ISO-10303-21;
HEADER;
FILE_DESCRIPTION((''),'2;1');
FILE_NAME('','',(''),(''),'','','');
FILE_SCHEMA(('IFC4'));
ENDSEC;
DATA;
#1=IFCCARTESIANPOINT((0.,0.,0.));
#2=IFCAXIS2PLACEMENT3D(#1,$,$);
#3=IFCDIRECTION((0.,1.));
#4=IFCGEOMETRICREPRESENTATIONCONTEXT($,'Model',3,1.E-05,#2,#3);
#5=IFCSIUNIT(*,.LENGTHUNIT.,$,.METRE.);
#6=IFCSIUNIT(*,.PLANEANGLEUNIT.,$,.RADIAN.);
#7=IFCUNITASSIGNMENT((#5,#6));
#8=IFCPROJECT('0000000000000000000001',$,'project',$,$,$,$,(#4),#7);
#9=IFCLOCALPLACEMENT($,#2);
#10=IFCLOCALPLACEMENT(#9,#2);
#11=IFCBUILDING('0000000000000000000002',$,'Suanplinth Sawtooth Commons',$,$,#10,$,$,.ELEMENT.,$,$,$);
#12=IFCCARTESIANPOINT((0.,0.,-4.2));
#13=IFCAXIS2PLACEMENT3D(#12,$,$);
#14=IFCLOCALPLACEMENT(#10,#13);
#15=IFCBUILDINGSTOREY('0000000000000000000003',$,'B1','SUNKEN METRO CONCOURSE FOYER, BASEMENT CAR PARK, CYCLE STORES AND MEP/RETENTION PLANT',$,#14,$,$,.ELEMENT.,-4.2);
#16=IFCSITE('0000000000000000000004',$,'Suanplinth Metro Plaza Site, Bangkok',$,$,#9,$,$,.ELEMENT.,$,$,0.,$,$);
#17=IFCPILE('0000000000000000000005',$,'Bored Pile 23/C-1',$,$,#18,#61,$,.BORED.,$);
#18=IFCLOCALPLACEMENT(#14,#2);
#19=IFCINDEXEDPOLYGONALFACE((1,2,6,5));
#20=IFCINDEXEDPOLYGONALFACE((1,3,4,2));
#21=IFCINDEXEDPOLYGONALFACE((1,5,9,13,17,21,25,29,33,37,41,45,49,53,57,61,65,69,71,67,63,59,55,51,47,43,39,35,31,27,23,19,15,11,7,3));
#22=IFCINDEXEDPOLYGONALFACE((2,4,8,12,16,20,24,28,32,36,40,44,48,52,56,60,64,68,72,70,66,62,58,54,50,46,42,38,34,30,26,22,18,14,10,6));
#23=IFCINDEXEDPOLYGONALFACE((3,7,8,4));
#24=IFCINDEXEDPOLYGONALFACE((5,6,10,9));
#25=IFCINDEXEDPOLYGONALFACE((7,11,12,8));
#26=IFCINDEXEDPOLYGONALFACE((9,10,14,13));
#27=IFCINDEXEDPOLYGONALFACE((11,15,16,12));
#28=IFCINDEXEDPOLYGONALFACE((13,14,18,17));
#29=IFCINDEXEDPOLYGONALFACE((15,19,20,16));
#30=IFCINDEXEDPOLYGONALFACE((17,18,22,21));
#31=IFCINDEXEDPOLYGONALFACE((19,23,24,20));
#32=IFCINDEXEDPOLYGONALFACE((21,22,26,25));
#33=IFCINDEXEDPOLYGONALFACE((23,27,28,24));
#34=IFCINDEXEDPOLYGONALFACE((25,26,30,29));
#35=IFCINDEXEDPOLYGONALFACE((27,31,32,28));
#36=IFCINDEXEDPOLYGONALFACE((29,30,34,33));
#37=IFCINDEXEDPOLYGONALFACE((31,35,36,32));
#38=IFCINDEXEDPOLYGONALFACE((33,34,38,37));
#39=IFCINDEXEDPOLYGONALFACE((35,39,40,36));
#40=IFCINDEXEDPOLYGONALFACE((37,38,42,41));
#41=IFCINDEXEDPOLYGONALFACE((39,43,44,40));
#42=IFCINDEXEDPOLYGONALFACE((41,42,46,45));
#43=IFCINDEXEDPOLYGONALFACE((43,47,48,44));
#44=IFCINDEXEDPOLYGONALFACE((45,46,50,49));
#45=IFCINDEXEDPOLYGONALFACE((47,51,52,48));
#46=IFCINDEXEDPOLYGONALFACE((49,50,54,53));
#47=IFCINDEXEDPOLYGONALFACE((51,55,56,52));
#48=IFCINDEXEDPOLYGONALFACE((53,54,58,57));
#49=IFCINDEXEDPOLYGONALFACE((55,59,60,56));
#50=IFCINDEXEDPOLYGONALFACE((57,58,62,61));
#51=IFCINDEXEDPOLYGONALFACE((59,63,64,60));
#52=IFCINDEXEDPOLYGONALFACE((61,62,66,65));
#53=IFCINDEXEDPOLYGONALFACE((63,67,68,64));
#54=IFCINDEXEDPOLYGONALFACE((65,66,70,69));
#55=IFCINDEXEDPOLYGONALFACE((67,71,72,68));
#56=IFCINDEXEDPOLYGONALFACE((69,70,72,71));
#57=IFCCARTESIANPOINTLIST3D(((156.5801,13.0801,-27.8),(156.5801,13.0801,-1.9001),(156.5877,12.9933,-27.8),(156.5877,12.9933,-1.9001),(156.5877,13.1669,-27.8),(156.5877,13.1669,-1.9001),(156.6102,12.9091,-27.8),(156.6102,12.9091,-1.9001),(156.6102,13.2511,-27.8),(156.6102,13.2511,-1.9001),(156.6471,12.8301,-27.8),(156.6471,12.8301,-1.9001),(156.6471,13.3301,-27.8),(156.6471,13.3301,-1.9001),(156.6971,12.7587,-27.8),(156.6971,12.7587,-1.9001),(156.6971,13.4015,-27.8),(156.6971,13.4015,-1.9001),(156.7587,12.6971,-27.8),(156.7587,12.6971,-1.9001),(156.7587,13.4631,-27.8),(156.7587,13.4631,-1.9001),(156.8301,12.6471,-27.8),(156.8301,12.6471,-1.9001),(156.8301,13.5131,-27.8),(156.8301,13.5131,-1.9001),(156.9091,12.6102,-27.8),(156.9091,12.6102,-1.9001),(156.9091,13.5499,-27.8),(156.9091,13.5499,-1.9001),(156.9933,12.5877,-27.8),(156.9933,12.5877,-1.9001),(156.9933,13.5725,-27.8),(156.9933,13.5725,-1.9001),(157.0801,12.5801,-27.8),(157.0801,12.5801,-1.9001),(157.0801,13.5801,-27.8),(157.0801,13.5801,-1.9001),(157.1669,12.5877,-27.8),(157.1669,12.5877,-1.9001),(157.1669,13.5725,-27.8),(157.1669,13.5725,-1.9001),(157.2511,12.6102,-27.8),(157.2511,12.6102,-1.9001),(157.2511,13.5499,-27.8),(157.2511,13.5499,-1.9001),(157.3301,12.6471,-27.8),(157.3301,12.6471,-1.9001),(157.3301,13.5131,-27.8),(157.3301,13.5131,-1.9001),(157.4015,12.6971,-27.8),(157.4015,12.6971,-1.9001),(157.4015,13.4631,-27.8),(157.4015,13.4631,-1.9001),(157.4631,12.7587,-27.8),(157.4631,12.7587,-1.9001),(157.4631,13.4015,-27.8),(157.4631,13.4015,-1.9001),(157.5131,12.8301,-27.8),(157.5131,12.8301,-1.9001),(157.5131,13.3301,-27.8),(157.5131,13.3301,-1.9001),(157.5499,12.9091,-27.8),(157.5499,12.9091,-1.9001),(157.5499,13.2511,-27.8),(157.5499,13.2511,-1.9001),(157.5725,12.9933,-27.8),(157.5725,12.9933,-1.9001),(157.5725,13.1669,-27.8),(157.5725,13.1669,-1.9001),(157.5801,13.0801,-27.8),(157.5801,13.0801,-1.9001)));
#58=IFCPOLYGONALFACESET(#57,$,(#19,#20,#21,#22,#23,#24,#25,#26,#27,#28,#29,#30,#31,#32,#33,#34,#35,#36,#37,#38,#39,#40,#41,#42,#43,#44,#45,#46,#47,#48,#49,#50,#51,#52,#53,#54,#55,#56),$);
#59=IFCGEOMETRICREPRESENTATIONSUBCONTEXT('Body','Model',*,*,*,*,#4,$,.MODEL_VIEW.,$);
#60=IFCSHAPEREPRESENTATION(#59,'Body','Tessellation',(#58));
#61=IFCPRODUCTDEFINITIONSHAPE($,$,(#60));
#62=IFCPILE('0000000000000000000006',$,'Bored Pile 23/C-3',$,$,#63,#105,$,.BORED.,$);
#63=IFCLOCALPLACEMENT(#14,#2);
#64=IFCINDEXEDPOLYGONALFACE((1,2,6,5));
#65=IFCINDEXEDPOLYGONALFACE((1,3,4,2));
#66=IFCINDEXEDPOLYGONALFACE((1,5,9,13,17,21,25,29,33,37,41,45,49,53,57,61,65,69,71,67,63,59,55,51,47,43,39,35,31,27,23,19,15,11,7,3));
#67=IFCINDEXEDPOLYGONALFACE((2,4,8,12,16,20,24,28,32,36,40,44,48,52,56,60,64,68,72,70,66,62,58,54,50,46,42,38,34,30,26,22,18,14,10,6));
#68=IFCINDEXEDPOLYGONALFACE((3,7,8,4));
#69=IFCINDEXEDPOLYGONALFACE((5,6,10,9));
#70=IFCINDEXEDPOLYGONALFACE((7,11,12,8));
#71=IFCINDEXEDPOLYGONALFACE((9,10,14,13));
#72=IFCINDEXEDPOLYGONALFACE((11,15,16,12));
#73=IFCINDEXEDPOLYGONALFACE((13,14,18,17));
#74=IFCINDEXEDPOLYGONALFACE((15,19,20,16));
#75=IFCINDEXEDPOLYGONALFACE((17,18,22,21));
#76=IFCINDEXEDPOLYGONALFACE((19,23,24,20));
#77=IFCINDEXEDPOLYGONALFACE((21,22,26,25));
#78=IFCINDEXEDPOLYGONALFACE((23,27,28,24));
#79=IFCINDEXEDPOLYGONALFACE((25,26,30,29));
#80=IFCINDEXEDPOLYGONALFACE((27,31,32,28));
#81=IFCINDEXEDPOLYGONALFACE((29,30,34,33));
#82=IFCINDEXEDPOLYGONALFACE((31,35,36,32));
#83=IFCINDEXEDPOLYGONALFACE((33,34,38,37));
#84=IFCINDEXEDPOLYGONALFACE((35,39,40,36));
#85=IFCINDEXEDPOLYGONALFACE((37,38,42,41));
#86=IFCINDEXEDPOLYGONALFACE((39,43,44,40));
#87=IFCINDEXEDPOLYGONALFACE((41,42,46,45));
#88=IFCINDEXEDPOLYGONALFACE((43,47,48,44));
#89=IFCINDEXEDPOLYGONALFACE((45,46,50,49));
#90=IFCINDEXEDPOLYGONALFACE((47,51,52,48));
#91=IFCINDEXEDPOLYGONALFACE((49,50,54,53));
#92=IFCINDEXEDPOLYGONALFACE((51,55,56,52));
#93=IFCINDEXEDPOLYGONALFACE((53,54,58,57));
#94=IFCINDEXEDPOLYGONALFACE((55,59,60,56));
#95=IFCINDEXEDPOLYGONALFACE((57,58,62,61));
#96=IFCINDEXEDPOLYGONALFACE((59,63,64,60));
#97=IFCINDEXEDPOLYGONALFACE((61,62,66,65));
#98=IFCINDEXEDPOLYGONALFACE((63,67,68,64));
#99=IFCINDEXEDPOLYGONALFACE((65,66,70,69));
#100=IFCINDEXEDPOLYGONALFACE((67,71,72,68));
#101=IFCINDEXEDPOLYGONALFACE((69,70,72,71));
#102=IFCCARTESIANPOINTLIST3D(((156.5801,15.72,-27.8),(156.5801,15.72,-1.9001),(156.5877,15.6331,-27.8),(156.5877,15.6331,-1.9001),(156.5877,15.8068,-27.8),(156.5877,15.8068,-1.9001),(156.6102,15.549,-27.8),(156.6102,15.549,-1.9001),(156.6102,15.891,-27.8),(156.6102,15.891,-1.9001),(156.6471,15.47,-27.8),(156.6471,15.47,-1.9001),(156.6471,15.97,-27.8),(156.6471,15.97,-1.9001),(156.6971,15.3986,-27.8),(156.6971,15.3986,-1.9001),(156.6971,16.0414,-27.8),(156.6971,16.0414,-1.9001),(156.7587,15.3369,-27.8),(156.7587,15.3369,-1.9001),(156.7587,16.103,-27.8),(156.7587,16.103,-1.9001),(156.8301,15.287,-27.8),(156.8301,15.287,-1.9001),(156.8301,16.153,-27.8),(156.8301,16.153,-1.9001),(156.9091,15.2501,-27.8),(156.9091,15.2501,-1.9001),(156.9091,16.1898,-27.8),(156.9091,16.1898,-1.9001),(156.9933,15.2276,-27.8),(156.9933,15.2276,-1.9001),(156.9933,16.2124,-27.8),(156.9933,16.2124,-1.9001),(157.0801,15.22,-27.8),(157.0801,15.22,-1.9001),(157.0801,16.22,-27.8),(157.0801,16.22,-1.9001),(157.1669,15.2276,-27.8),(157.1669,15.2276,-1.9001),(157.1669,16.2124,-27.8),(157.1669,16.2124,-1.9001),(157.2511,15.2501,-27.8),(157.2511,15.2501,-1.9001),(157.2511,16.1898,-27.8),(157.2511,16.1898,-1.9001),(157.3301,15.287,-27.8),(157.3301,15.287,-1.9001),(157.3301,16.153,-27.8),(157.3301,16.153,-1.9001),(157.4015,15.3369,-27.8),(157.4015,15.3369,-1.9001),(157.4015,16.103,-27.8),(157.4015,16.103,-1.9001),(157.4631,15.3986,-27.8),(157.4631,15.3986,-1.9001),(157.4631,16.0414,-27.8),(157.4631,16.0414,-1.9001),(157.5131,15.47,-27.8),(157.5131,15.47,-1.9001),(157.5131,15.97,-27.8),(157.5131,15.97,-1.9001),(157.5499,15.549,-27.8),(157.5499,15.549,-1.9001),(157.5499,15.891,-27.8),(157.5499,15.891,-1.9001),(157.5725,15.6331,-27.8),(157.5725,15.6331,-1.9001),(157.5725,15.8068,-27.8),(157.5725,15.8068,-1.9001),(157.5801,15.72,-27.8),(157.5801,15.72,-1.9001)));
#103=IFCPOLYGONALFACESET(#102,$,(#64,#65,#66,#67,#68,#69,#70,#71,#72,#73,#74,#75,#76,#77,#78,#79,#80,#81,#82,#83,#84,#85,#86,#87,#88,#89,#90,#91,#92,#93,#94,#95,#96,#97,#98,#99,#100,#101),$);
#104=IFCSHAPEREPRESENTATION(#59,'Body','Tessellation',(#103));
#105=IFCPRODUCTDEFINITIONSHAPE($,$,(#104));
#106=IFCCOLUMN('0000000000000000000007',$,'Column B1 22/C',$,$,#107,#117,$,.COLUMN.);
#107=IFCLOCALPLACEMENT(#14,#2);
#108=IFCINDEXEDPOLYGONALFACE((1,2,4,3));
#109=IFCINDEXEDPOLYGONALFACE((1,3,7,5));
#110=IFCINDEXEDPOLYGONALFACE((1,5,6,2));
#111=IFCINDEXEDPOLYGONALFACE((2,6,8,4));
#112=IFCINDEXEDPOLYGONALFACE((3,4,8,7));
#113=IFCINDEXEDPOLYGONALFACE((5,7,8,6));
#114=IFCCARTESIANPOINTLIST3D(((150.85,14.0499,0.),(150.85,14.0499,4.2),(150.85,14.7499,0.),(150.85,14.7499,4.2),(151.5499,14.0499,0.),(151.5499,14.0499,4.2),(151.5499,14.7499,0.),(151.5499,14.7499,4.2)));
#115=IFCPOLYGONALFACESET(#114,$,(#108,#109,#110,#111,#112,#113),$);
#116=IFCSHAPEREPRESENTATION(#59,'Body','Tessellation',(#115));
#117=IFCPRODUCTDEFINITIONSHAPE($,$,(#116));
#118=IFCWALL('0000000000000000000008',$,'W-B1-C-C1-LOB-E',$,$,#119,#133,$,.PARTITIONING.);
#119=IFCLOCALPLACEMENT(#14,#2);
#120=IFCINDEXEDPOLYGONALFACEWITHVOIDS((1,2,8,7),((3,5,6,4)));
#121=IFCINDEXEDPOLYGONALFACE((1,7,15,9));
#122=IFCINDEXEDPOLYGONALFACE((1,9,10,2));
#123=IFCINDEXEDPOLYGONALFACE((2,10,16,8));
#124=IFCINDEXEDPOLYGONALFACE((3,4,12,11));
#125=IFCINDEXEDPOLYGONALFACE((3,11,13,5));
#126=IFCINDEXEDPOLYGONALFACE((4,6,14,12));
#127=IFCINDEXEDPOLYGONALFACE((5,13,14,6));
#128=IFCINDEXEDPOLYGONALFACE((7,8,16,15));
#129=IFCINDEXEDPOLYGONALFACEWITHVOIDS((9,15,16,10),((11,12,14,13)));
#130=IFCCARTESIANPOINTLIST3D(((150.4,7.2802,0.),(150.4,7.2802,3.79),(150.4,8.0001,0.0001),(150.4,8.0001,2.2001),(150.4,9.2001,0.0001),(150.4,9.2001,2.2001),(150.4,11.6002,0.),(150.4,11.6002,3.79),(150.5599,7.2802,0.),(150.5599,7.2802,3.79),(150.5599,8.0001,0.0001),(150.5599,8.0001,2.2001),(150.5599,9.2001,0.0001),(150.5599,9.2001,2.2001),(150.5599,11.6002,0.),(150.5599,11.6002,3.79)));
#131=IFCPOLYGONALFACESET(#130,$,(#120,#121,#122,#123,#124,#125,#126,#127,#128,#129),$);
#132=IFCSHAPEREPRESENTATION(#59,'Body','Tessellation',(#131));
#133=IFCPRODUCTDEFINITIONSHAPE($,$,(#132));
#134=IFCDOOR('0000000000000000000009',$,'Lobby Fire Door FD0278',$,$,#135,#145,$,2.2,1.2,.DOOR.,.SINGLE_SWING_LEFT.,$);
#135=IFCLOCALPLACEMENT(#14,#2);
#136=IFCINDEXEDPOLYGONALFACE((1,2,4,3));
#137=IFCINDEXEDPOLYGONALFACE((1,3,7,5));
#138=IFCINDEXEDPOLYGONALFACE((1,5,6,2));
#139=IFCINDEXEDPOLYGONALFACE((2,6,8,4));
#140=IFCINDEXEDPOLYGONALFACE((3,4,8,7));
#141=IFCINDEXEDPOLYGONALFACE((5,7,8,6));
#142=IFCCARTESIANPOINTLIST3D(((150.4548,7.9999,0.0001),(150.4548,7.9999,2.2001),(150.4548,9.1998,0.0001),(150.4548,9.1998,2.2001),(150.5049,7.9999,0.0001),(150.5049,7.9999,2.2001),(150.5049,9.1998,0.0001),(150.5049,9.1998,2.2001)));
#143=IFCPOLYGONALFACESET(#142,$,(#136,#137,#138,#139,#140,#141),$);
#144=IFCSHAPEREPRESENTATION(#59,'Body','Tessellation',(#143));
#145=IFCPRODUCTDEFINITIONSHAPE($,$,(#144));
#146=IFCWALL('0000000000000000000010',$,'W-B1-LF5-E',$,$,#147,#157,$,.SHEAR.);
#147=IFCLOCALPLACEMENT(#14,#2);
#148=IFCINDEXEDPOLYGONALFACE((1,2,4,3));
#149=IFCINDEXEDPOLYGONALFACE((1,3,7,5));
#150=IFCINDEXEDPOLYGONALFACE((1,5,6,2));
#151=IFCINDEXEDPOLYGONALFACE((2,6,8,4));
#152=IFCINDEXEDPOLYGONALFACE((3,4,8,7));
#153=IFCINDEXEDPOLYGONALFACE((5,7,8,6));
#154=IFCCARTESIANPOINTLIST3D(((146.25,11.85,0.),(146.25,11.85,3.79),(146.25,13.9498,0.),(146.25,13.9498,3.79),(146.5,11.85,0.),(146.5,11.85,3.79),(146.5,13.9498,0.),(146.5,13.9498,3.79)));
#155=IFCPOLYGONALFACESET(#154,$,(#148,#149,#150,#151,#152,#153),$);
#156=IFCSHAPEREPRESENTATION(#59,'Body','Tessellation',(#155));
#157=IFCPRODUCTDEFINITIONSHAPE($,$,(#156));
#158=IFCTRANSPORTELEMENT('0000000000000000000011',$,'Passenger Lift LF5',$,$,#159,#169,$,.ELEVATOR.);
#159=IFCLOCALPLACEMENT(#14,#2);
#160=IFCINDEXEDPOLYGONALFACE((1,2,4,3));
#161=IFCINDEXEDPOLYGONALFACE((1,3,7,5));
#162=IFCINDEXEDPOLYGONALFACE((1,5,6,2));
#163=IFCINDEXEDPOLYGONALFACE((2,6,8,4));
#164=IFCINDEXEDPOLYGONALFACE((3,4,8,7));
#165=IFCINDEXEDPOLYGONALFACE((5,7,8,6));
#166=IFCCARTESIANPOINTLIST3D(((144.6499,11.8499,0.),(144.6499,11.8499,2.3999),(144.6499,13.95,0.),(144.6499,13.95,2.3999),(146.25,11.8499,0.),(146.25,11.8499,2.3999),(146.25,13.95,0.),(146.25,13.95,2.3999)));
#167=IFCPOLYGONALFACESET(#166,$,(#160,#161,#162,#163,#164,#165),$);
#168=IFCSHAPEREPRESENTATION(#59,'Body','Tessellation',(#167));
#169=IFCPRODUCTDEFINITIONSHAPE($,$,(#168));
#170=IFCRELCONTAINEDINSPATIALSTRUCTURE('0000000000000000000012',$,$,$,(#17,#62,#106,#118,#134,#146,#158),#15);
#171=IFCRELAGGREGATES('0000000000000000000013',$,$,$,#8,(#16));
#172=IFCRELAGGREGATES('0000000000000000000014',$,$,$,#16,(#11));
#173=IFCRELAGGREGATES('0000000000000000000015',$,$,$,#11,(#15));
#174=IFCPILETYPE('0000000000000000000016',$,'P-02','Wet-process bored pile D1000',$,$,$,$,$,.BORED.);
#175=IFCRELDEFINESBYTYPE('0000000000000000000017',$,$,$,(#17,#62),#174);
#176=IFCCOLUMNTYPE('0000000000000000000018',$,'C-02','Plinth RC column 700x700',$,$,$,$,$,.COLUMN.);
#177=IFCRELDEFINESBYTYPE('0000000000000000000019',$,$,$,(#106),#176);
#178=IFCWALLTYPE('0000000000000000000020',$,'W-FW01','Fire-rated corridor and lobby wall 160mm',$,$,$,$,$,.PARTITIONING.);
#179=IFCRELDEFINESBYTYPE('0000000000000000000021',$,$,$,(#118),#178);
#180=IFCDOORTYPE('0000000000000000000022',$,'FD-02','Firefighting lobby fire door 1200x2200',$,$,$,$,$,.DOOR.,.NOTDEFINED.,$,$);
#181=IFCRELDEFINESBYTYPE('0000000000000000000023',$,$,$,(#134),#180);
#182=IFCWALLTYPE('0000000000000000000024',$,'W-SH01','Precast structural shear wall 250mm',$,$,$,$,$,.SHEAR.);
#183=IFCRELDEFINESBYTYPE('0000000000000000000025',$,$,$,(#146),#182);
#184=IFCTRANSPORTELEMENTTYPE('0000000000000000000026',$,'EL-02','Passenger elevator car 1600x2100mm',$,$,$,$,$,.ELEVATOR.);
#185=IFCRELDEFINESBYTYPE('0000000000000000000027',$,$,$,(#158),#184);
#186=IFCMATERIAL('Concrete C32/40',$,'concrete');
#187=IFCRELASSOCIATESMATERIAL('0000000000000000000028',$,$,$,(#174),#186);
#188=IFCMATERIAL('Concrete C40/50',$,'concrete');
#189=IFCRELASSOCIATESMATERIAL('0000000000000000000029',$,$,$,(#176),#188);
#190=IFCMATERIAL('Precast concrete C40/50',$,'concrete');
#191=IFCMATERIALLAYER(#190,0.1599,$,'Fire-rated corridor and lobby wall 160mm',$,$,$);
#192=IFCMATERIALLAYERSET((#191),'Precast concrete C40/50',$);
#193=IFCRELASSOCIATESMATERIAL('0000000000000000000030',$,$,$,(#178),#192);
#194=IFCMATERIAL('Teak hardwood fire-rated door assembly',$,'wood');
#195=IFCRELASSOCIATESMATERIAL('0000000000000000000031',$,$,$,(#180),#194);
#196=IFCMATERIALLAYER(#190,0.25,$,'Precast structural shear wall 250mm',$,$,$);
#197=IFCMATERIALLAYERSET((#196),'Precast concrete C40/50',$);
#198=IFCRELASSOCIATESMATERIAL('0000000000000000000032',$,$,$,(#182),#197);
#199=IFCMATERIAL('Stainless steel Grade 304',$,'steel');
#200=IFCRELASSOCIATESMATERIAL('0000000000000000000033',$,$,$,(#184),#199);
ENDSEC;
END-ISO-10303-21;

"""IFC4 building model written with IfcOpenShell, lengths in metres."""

from ifc_helpers import new_model, si_unit, direction, frame, frame_2d, origin, origin_2d, place, context, subcontext, project, spatial, rectangle, circle, extrude, material, layer, layer_set, material_profile, profile_set, type_object, element, fill, save


model = new_model("IFC4")

# Units and contexts
model_context = context("Model", 3, precision=1e-05, world=origin(), true_north=direction((0.0, 1.0)))
body_context = subcontext(model_context, "Body", "Model", "MODEL_VIEW")
ifc_project = project(units=[si_unit("LENGTHUNIT", "METRE"), si_unit("PLANEANGLEUNIT", "RADIAN")], contexts=[model_context])

# Site, building, storey
site_placement = place(None, origin())
site = spatial("IfcSite", under=ifc_project, at=site_placement, Name="Suanplinth Metro Plaza Site, Bangkok", CompositionType="ELEMENT", RefElevation=0.0)
building_placement = place(site_placement, origin())
building = spatial("IfcBuilding", under=site, at=building_placement, Name="Suanplinth Sawtooth Commons", CompositionType="ELEMENT")
storey_placement = place(building_placement, frame((0.0, 0.0, -4.2)))
storey = spatial("IfcBuildingStorey", under=building, at=storey_placement, Name="B1", Description="SUNKEN METRO CONCOURSE FOYER, BASEMENT CAR PARK, CYCLE STORES AND MEP/RETENTION PLANT", CompositionType="ELEMENT", Elevation=-4.2)

# Piles
ifc_material_1 = material(Name="Concrete C32/40", Category="concrete")
ifc_material_profile_1 = material_profile(ifc_material_1, circle(Radius=0.5, at=origin_2d()), Name="PILE D1000")
ifc_profile_set_1 = profile_set([ifc_material_profile_1], Name="Concrete C32/40")
pile_type = type_object("IfcPileType", Name="P-02", Description="Wet-process bored pile D1000", PredefinedType="BORED", material=ifc_profile_set_1)
for number, where, z_axis, x_axis, name in (
    (1, (157.0801, 13.0801, -1.9001), (0.0, 0.0, -1.0), (1.0, 0.0, 0.0), "Bored Pile 23/C-1"),
    (2, (157.0801, 15.72, -1.9001), (0.0, 0.0, -1.0), (1.0, 0.0, 0.0), "Bored Pile 23/C-3"),
):
    element("IfcPile", number, at=place(storey_placement, frame(where, z_axis=z_axis, x_axis=x_axis)), inside=storey, type_object=pile_type, Name=name, PredefinedType="BORED", context=body_context, shape_type="SweptSolid", body=[
        extrude(circle(Radius=0.5, at=origin_2d()), origin(), (0.0, 0.0, 1.0), 25.8999),
    ])

# Column
ifc_material_2 = material(Name="Concrete C40/50", Category="concrete")
ifc_material_profile_2 = material_profile(ifc_material_2, rectangle(XDim=0.7, YDim=0.7, at=origin_2d()), Name="RC-COL 700x700")
ifc_profile_set_2 = profile_set([ifc_material_profile_2], Name="Concrete C40/50")
column_type = type_object("IfcColumnType", Name="C-02", Description="Plinth RC column 700x700", PredefinedType="COLUMN", material=ifc_profile_set_2)
column_placement = place(storey_placement, frame((151.2, 14.3999, 0.0), z_axis=(0.0, 0.0, 1.0), x_axis=(1.0, 0.0, 0.0)))
element("IfcColumn", 3, at=column_placement, inside=storey, type_object=column_type, Name="Column B1 22/C", PredefinedType="COLUMN", context=body_context, shape_type="SweptSolid", body=[
    extrude(rectangle(XDim=0.7, YDim=0.7, at=origin_2d()), origin(), (0.0, 0.0, 1.0), 4.2),
])

# Wall, opening, door
ifc_material_3 = material(Name="Precast concrete C40/50", Category="concrete")
ifc_layer_1 = layer(ifc_material_3, 0.1599, Name="Fire-rated corridor and lobby wall 160mm")
ifc_layer_set_1 = layer_set([ifc_layer_1], Name="Precast concrete C40/50")
wall_type_1 = type_object("IfcWallType", Name="W-FW01", Description="Fire-rated corridor and lobby wall 160mm", PredefinedType="PARTITIONING", material=ifc_layer_set_1)
wall_1_placement = place(storey_placement, frame((150.48, 7.28, 0.0), z_axis=(0.0, 0.0, 1.0), x_axis=(0.0, 1.0, 0.0)))
wall_1 = element("IfcWall", 4, at=wall_1_placement, inside=storey, type_object=wall_type_1, Name="W-B1-C-C1-LOB-E", PredefinedType="PARTITIONING", context=body_context, shape_type="SweptSolid", body=[
    extrude(rectangle(XDim=4.3201, YDim=0.1599, at=frame_2d((2.1602, 0.0))), origin(), (0.0, 0.0, 1.0), 3.79),
])
opening_placement = place(wall_1_placement, frame((0.72, 0.0, 0.0)))
opening = element("IfcOpeningElement", 5, at=opening_placement, cuts=wall_1, PredefinedType="OPENING", context=body_context, shape_type="SweptSolid", body=[
    extrude(rectangle(XDim=1.2, YDim=2.2, at=frame_2d((0.6001, 1.1001))), frame((0.0, 0.0947, 0.0), z_axis=(0.0, -1.0, 0.0), x_axis=(1.0, 0.0, 0.0)), (0.0, 0.0, 1.0), 0.1897),
])
ifc_material_4 = material(Name="Teak hardwood fire-rated door assembly", Category="wood")
door_type = type_object("IfcDoorType", Name="FD-02", Description="Firefighting lobby fire door 1200x2200", OperationType="NOTDEFINED", PredefinedType="DOOR", material=ifc_material_4)
door_placement = place(opening_placement, frame((1.2, 0.0, 0.0), z_axis=(0.0, 0.0, 1.0), x_axis=(-1.0, 0.0, 0.0)))
door = element("IfcDoor", 6, at=door_placement, inside=storey, type_object=door_type, Name="Lobby Fire Door FD0278", OperationType="SINGLE_SWING_LEFT", OverallHeight=2.2, OverallWidth=1.2, PredefinedType="DOOR", context=body_context, shape_type="SweptSolid", body=[
    extrude(rectangle(XDim=1.2, YDim=2.2, at=frame_2d((0.6001, 1.1001))), frame((0.0, 0.0249, 0.0), z_axis=(0.0, -1.0, 0.0), x_axis=(1.0, 0.0, 0.0)), (0.0, 0.0, 1.0), 0.05),
])
fill(opening, door)

# Wall
ifc_layer_2 = layer(ifc_material_3, 0.25, Name="Precast structural shear wall 250mm")
ifc_layer_set_2 = layer_set([ifc_layer_2], Name="Precast concrete C40/50")
wall_type_2 = type_object("IfcWallType", Name="W-SH01", Description="Precast structural shear wall 250mm", PredefinedType="SHEAR", material=ifc_layer_set_2)
wall_2_placement = place(storey_placement, frame((146.375, 11.8501, 0.0), z_axis=(0.0, 0.0, 1.0), x_axis=(0.0, 1.0, 0.0)))
element("IfcWall", 7, at=wall_2_placement, inside=storey, type_object=wall_type_2, Name="W-B1-LF5-E", PredefinedType="SHEAR", context=body_context, shape_type="SweptSolid", body=[
    extrude(rectangle(XDim=2.0999, YDim=0.25, at=frame_2d((1.0498, 0.0))), origin(), (0.0, 0.0, 1.0), 3.79),
])

# Transport element
ifc_material_5 = material(Name="Stainless steel Grade 304", Category="steel")
transport_element_type = type_object("IfcTransportElementType", Name="EL-02", Description="Passenger elevator car 1600x2100mm", PredefinedType="ELEVATOR", material=ifc_material_5)
transport_element_placement = place(storey_placement, frame((145.45, 12.8999, 0.0), z_axis=(0.0, 0.0, 1.0), x_axis=(1.0, 0.0, 0.0)))
element("IfcTransportElement", 8, at=transport_element_placement, inside=storey, type_object=transport_element_type, Name="Passenger Lift LF5", PredefinedType="ELEVATOR", context=body_context, shape_type="SweptSolid", body=[
    extrude(rectangle(XDim=1.6001, YDim=2.1001, at=origin_2d()), origin(), (0.0, 0.0, 1.0), 2.3999),
])

save(model, "model.ifc")
